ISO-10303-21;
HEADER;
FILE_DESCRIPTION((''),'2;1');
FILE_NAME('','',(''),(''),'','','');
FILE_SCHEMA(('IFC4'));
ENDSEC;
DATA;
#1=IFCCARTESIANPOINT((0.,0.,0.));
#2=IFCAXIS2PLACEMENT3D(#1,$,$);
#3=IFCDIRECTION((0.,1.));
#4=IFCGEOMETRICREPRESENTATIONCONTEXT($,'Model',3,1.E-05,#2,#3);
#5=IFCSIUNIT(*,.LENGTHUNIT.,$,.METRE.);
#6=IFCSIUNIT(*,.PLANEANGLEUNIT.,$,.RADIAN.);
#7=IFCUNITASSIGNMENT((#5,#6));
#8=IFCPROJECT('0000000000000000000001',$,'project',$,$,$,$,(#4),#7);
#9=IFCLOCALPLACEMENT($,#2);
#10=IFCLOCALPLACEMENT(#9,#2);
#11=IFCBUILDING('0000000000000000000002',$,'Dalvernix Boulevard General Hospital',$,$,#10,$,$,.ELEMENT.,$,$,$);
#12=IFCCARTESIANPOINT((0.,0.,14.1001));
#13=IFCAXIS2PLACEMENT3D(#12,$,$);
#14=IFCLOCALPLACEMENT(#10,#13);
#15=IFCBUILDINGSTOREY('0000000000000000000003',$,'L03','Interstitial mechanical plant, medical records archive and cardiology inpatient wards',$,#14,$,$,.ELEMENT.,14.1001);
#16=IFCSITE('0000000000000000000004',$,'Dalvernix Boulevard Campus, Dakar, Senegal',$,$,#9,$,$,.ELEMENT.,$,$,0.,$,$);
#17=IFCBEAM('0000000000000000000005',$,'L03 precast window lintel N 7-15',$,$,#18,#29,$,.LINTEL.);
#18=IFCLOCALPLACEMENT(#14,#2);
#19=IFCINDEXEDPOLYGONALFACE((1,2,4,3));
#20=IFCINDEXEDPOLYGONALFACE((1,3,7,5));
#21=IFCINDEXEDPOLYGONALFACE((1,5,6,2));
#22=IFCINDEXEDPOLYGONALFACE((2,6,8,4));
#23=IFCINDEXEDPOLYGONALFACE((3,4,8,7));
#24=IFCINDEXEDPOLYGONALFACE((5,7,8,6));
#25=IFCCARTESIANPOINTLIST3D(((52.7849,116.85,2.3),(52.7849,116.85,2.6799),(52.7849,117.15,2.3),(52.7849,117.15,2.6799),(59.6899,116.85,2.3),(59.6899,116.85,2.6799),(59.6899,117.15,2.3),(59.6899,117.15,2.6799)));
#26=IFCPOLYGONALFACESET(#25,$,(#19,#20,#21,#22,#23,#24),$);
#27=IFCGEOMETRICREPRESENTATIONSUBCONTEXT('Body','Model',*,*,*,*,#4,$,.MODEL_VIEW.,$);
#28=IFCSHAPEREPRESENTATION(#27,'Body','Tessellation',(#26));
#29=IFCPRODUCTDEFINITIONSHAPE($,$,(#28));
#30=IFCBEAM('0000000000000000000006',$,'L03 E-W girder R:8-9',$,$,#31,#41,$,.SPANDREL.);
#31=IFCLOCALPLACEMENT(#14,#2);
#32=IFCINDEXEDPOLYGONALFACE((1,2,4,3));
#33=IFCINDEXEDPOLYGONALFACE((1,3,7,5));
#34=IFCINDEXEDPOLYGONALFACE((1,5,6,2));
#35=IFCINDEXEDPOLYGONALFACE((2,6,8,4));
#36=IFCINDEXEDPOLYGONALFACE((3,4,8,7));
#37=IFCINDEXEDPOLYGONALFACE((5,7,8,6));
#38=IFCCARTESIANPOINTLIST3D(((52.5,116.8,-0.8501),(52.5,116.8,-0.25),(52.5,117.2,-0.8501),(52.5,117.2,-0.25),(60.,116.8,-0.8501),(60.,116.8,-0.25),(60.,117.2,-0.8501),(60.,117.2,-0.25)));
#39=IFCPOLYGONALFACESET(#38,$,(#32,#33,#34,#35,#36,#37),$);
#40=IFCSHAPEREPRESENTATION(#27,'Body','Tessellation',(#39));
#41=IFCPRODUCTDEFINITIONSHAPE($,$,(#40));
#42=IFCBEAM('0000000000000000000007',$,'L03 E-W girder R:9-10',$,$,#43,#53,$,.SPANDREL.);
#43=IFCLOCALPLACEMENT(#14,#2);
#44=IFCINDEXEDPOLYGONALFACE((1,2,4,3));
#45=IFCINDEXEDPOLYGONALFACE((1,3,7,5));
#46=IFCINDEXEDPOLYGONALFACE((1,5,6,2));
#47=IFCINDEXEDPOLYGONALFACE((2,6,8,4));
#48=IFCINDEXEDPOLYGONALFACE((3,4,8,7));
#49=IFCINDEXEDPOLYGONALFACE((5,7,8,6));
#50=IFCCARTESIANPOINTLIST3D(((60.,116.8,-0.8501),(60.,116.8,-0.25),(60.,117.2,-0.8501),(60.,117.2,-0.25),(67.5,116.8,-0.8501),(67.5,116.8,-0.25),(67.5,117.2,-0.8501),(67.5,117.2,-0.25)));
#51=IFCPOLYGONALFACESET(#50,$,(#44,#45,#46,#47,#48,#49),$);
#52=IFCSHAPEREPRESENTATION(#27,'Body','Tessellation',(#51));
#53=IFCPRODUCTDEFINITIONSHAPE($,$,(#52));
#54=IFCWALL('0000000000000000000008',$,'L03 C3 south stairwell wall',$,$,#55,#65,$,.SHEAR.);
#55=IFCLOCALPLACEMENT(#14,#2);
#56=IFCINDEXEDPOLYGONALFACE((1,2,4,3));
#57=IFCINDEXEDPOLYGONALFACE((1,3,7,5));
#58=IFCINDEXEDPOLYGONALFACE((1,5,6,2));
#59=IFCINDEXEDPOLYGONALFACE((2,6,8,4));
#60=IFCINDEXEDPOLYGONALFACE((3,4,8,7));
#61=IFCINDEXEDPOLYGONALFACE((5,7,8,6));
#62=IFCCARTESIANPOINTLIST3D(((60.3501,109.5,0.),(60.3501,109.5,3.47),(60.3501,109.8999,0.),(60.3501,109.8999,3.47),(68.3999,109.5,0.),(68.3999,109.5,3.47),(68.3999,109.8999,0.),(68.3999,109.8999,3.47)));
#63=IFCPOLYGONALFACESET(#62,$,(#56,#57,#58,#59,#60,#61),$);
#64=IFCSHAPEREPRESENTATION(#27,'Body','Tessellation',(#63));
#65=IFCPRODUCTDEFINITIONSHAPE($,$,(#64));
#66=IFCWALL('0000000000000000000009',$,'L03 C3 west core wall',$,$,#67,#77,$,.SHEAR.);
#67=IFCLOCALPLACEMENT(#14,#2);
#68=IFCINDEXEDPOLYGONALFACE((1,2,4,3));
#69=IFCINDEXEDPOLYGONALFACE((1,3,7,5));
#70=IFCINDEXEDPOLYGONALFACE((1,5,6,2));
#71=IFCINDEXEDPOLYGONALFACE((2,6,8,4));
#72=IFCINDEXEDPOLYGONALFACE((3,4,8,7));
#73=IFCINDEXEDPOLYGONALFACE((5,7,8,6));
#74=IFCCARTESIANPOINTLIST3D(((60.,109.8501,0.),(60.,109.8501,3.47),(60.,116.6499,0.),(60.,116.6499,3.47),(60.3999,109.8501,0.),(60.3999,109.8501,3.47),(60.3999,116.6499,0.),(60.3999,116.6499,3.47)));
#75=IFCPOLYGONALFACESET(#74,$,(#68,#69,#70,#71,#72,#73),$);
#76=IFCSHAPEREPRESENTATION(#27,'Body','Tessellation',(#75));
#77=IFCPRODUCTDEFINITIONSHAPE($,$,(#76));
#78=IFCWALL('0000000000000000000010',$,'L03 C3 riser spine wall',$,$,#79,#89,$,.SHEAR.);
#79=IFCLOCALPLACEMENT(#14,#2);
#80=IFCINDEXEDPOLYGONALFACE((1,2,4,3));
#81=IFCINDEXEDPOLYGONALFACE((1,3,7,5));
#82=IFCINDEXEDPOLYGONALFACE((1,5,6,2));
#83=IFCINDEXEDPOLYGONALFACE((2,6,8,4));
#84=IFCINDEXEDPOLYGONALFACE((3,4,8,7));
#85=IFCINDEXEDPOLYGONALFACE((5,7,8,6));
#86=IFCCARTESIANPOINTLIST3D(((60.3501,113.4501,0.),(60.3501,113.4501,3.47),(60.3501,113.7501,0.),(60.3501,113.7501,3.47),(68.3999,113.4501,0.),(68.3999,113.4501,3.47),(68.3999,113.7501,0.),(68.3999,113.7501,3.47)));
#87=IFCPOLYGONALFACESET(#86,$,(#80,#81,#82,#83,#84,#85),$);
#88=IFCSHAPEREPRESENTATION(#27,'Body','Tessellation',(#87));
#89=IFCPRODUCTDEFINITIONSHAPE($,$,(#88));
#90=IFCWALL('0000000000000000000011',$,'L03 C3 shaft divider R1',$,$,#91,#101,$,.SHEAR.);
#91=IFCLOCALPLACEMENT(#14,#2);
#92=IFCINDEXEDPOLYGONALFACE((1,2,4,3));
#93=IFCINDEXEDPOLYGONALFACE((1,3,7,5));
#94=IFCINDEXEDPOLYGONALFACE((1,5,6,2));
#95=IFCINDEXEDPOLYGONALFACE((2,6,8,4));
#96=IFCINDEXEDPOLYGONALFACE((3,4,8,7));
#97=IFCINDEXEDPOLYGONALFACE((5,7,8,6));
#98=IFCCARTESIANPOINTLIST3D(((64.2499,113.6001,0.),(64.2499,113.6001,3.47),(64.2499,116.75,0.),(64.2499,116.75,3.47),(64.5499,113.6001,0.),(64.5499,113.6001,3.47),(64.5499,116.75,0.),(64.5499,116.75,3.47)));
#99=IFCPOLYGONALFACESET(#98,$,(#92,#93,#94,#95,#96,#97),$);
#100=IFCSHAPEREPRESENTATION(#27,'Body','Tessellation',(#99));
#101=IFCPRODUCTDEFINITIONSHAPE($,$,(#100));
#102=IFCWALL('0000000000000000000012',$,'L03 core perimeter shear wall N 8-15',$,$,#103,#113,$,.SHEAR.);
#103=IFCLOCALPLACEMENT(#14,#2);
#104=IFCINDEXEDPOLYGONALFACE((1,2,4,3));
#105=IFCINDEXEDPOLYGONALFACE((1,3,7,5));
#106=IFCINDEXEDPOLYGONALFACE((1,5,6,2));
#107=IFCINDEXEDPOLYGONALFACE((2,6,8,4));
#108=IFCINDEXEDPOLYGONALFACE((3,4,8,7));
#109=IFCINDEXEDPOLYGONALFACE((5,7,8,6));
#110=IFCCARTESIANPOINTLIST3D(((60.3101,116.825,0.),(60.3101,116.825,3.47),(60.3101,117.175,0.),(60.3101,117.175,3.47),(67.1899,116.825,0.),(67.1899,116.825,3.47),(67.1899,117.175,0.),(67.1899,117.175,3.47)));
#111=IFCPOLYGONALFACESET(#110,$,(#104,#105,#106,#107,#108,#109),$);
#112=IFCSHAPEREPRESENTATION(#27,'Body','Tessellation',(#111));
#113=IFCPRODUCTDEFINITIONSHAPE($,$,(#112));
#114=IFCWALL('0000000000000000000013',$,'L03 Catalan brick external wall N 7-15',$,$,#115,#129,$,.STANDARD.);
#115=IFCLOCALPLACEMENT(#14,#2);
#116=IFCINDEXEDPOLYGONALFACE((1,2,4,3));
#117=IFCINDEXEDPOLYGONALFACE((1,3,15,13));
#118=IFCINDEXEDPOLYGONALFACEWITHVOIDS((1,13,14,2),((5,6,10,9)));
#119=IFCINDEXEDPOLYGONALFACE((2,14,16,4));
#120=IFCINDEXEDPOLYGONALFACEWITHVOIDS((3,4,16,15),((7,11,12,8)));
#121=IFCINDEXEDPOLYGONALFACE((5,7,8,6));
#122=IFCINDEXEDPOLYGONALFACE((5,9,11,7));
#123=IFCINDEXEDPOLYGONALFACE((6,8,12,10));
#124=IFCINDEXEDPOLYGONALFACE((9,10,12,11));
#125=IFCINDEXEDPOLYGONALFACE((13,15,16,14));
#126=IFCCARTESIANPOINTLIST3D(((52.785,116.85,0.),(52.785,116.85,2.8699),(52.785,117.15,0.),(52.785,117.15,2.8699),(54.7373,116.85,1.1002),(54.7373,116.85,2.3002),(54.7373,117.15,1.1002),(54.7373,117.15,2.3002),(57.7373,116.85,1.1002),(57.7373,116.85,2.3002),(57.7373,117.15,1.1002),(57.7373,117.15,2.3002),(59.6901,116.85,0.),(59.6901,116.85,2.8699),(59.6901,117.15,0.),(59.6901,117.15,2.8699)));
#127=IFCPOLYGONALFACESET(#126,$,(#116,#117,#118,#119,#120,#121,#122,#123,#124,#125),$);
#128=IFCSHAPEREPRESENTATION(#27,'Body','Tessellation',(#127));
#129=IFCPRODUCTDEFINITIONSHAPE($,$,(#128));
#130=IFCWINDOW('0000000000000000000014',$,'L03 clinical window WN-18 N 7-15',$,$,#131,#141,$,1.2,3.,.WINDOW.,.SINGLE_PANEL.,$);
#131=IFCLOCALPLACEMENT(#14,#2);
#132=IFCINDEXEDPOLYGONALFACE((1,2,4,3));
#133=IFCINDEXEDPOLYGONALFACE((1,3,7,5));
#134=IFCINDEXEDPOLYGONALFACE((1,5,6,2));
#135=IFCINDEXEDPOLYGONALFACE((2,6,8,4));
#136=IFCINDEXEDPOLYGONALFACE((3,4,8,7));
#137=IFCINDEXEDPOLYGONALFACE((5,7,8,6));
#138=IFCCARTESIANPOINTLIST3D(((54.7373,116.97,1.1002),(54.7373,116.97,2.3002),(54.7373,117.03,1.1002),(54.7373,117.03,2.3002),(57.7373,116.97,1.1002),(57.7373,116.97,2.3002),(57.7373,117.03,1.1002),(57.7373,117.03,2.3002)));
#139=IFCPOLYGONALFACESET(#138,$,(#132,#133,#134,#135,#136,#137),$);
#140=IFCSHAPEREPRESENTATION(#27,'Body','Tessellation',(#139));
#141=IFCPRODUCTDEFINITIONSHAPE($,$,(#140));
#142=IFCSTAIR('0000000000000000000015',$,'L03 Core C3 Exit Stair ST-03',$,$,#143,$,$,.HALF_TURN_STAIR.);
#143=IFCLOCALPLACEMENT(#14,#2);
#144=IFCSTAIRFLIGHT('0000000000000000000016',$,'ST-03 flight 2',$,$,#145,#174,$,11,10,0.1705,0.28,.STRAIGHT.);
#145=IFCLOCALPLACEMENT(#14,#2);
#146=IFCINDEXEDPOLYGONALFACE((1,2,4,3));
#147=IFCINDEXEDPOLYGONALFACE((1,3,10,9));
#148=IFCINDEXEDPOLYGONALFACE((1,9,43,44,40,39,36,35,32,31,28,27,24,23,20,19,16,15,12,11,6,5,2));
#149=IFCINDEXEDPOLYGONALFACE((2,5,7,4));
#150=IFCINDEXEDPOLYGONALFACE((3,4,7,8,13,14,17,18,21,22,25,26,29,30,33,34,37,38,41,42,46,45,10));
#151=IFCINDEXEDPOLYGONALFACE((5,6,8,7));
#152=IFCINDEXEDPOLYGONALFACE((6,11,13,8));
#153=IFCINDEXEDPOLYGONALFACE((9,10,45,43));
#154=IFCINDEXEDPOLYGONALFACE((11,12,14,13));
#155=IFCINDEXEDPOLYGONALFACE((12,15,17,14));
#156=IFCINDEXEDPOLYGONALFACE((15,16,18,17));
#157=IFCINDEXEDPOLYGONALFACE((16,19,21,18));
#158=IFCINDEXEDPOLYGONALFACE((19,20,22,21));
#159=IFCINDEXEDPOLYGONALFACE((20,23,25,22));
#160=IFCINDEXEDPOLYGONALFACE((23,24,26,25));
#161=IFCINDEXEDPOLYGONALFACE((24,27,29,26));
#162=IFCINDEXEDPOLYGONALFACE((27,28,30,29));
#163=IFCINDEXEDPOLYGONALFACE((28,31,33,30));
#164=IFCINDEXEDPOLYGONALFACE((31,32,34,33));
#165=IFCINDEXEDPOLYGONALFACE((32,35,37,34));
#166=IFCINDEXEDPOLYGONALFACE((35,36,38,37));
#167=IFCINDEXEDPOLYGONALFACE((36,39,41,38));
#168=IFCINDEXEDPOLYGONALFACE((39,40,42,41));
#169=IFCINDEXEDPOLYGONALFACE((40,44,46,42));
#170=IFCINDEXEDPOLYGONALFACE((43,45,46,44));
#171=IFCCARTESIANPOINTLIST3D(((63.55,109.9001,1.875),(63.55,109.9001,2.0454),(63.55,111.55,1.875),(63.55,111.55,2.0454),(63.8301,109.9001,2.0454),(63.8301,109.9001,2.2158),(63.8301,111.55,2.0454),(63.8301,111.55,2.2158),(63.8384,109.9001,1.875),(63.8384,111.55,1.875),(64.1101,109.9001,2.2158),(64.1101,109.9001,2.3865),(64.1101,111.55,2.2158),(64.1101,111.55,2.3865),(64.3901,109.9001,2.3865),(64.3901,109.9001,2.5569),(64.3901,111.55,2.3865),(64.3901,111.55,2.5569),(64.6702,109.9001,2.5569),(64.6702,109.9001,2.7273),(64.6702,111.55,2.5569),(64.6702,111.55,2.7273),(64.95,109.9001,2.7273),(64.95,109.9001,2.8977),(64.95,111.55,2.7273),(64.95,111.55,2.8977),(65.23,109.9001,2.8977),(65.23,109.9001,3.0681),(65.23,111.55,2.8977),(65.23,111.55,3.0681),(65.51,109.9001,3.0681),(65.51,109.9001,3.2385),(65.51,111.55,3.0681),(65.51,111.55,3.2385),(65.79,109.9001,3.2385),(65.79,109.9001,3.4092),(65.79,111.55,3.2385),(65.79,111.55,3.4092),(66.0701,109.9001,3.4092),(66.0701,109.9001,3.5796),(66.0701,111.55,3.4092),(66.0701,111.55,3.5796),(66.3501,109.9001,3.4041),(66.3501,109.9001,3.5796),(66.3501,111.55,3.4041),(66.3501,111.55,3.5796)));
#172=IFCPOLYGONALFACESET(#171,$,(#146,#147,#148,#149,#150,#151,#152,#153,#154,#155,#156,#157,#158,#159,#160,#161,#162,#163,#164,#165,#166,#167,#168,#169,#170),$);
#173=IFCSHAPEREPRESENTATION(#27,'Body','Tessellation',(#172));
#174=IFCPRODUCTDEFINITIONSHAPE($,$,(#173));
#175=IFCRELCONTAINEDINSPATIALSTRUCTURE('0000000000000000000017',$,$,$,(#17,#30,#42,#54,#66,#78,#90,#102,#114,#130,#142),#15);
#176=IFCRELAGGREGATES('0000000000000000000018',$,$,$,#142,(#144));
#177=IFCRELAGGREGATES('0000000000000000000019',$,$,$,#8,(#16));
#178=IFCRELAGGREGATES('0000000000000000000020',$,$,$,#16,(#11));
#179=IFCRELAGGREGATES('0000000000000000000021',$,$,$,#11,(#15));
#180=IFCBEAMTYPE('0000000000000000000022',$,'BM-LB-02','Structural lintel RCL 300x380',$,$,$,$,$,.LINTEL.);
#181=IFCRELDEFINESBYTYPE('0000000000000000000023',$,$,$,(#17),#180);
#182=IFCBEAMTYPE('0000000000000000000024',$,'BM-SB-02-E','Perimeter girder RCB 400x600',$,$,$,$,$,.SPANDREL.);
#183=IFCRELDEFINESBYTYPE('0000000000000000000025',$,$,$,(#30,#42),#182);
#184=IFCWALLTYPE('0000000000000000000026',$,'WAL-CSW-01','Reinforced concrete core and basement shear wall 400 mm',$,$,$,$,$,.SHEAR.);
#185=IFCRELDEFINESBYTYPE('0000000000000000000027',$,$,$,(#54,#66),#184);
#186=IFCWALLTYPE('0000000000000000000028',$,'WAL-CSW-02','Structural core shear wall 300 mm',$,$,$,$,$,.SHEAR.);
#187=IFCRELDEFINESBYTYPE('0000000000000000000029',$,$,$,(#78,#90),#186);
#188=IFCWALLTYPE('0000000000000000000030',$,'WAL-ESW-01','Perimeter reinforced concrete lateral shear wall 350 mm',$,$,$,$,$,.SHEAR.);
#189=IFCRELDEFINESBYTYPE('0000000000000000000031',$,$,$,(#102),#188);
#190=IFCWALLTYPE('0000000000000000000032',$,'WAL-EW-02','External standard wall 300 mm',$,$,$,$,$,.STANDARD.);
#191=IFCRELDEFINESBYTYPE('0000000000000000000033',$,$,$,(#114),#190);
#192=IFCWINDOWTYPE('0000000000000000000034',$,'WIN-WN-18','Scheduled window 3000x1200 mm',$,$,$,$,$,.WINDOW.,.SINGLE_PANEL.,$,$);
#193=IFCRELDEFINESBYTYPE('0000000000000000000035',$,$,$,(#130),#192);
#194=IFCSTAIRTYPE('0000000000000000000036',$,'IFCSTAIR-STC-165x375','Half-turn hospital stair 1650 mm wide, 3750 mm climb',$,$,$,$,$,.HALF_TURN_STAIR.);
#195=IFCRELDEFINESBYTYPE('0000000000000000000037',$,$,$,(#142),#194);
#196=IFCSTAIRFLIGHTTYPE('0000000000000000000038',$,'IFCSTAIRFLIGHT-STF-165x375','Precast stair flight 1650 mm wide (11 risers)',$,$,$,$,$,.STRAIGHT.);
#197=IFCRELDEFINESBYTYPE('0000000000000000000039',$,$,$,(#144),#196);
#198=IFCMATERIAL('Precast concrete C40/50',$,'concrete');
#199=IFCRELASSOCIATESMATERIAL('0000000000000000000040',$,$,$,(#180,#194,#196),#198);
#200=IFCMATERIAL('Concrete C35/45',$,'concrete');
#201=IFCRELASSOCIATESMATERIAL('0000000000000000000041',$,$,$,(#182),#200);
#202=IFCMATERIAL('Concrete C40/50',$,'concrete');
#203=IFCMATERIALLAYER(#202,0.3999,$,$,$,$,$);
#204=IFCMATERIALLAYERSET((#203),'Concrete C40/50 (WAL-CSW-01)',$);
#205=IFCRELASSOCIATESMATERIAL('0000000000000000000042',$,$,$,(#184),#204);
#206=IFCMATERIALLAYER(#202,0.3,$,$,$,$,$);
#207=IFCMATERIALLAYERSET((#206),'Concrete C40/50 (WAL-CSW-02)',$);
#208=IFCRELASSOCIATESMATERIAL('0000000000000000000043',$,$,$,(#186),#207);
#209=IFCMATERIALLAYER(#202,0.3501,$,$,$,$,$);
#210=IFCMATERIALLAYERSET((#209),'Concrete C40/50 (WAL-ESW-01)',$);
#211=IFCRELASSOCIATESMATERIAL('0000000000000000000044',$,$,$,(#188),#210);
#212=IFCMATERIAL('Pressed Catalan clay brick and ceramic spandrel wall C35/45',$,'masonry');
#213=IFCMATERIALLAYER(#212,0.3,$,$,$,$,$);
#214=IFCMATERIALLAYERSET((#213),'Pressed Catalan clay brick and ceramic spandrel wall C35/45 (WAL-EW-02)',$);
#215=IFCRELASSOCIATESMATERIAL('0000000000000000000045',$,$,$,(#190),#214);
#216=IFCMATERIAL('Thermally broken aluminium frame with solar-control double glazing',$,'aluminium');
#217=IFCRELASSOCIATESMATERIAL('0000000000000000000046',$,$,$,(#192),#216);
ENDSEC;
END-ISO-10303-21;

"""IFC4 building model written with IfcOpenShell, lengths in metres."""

from ifc_helpers import new_model, si_unit, direction, frame, frame_2d, origin, origin_2d, place, context, subcontext, project, spatial, polyline, rectangle, outline, extrude, material, layer, layer_set, material_profile, profile_set, type_object, element, fill, aggregate, save


model = new_model("IFC4")

# Units and contexts
model_context = context("Model", 3, precision=1e-05, world=origin(), true_north=direction((0.0, 1.0)))
body_context = subcontext(model_context, "Body", "Model", "MODEL_VIEW")
ifc_project = project(units=[si_unit("LENGTHUNIT", "METRE"), si_unit("PLANEANGLEUNIT", "RADIAN")], contexts=[model_context])

# Site, building, storey
site_placement = place(None, origin())
site = spatial("IfcSite", under=ifc_project, at=site_placement, Name="Dalvernix Boulevard Campus, Dakar, Senegal", CompositionType="ELEMENT", RefElevation=0.0)
building_placement = place(site_placement, origin())
building = spatial("IfcBuilding", under=site, at=building_placement, Name="Dalvernix Boulevard General Hospital", CompositionType="ELEMENT")
storey_placement = place(building_placement, frame((0.0, 0.0, 14.1001)))
storey = spatial("IfcBuildingStorey", under=building, at=storey_placement, Name="L03", Description="Interstitial mechanical plant, medical records archive and cardiology inpatient wards", CompositionType="ELEMENT", Elevation=14.1001)

# Shared definitions
ifc_material_1 = material(Name="Concrete C40/50", Category="concrete")

# Beams
ifc_material_2 = material(Name="Concrete C35/45", Category="concrete")
ifc_material_3 = material(Name="Precast concrete C40/50", Category="concrete")
ifc_material_profile_1 = material_profile(ifc_material_3, rectangle(XDim=0.3, YDim=0.3799, at=origin_2d()), Name="RCL 300x380")
ifc_profile_set_1 = profile_set([ifc_material_profile_1], Name="Precast concrete C40/50")
beam_type_1 = type_object("IfcBeamType", Name="BM-LB-02", Description="Structural lintel RCL 300x380", PredefinedType="LINTEL", material=ifc_profile_set_1)
beam_1_placement = place(storey_placement, frame((52.7849, 117.0, 2.49), z_axis=(1.0, 0.0, 0.0), x_axis=(0.0, 1.0, 0.0)))
element("IfcBeam", 1, at=beam_1_placement, inside=storey, type_object=beam_type_1, Name="L03 precast window lintel N 7-15", PredefinedType="LINTEL", context=body_context, shape_type="SweptSolid", body=[
    extrude(rectangle(XDim=0.3, YDim=0.3799, at=origin_2d()), origin(), (0.0, 0.0, 1.0), 6.905),
])
ifc_material_profile_2 = material_profile(ifc_material_2, rectangle(XDim=0.3999, YDim=0.6001, at=origin_2d()), Name="RCB 400x600")
ifc_profile_set_2 = profile_set([ifc_material_profile_2], Name="Concrete C35/45")
beam_type_2 = type_object("IfcBeamType", Name="BM-SB-02-E", Description="Perimeter girder RCB 400x600", PredefinedType="SPANDREL", material=ifc_profile_set_2)
for number, where, z_axis, x_axis, name in (
    (2, (52.5, 117.0, -0.55), (1.0, 0.0, 0.0), (0.0, 1.0, 0.0), "L03 E-W girder R:8-9"),
    (3, (60.0, 117.0, -0.55), (1.0, 0.0, 0.0), (0.0, 1.0, 0.0), "L03 E-W girder R:9-10"),
):
    element("IfcBeam", number, at=place(storey_placement, frame(where, z_axis=z_axis, x_axis=x_axis)), inside=storey, type_object=beam_type_2, Name=name, PredefinedType="SPANDREL", context=body_context, shape_type="SweptSolid", body=[
        extrude(rectangle(XDim=0.3999, YDim=0.6001, at=origin_2d()), origin(), (0.0, 0.0, 1.0), 7.5),
    ])

# Walls
ifc_layer_1 = layer(ifc_material_1, 0.3999)
ifc_layer_set_1 = layer_set([ifc_layer_1], Name="Concrete C40/50 (WAL-CSW-01)")
wall_type_1 = type_object("IfcWallType", Name="WAL-CSW-01", Description="Reinforced concrete core and basement shear wall 400 mm", PredefinedType="SHEAR", material=ifc_layer_set_1)
wall_1_placement = place(storey_placement, frame((60.3501, 109.7, 0.0), z_axis=(0.0, 0.0, 1.0), x_axis=(1.0, 0.0, 0.0)))
element("IfcWall", 4, at=wall_1_placement, inside=storey, type_object=wall_type_1, Name="L03 C3 south stairwell wall", PredefinedType="SHEAR", context=body_context, shape_type="SweptSolid", body=[
    extrude(rectangle(XDim=8.0498, YDim=0.3999, at=frame_2d((4.0249, 0.0))), origin(), (0.0, 0.0, 1.0), 3.47),
])
wall_2_placement = place(storey_placement, frame((60.2, 109.8501, 0.0), z_axis=(0.0, 0.0, 1.0), x_axis=(0.0, 1.0, 0.0)))
element("IfcWall", 5, at=wall_2_placement, inside=storey, type_object=wall_type_1, Name="L03 C3 west core wall", PredefinedType="SHEAR", context=body_context, shape_type="SweptSolid", body=[
    extrude(rectangle(XDim=6.7998, YDim=0.3999, at=frame_2d((3.3999, 0.0))), origin(), (0.0, 0.0, 1.0), 3.47),
])
ifc_layer_2 = layer(ifc_material_1, 0.3)
ifc_layer_set_2 = layer_set([ifc_layer_2], Name="Concrete C40/50 (WAL-CSW-02)")
wall_type_2 = type_object("IfcWallType", Name="WAL-CSW-02", Description="Structural core shear wall 300 mm", PredefinedType="SHEAR", material=ifc_layer_set_2)
wall_3_placement = place(storey_placement, frame((60.3501, 113.6001, 0.0), z_axis=(0.0, 0.0, 1.0), x_axis=(1.0, 0.0, 0.0)))
element("IfcWall", 6, at=wall_3_placement, inside=storey, type_object=wall_type_2, Name="L03 C3 riser spine wall", PredefinedType="SHEAR", context=body_context, shape_type="SweptSolid", body=[
    extrude(rectangle(XDim=8.0498, YDim=0.3, at=frame_2d((4.0249, 0.0))), origin(), (0.0, 0.0, 1.0), 3.47),
])
wall_4_placement = place(storey_placement, frame((64.3999, 113.6001, 0.0), z_axis=(0.0, 0.0, 1.0), x_axis=(0.0, 1.0, 0.0)))
element("IfcWall", 7, at=wall_4_placement, inside=storey, type_object=wall_type_2, Name="L03 C3 shaft divider R1", PredefinedType="SHEAR", context=body_context, shape_type="SweptSolid", body=[
    extrude(rectangle(XDim=3.1499, YDim=0.3, at=frame_2d((1.575, 0.0))), origin(), (0.0, 0.0, 1.0), 3.47),
])
ifc_layer_3 = layer(ifc_material_1, 0.3501)
ifc_layer_set_3 = layer_set([ifc_layer_3], Name="Concrete C40/50 (WAL-ESW-01)")
wall_type_3 = type_object("IfcWallType", Name="WAL-ESW-01", Description="Perimeter reinforced concrete lateral shear wall 350 mm", PredefinedType="SHEAR", material=ifc_layer_set_3)
wall_5_placement = place(storey_placement, frame((60.3101, 117.0, 0.0), z_axis=(0.0, 0.0, 1.0), x_axis=(1.0, 0.0, 0.0)))
element("IfcWall", 8, at=wall_5_placement, inside=storey, type_object=wall_type_3, Name="L03 core perimeter shear wall N 8-15", PredefinedType="SHEAR", context=body_context, shape_type="SweptSolid", body=[
    extrude(rectangle(XDim=6.8799, YDim=0.3501, at=frame_2d((3.4399, 0.0))), origin(), (0.0, 0.0, 1.0), 3.47),
])

# Wall, opening, window
ifc_material_4 = material(Name="Pressed Catalan clay brick and ceramic spandrel wall C35/45", Category="masonry")
ifc_layer_4 = layer(ifc_material_4, 0.3)
ifc_layer_set_4 = layer_set([ifc_layer_4], Name="Pressed Catalan clay brick and ceramic spandrel wall C35/45 (WAL-EW-02)")
wall_type_4 = type_object("IfcWallType", Name="WAL-EW-02", Description="External standard wall 300 mm", PredefinedType="STANDARD", material=ifc_layer_set_4)
wall_6_placement = place(storey_placement, frame((52.7849, 117.0, 0.0), z_axis=(0.0, 0.0, 1.0), x_axis=(1.0, 0.0, 0.0)))
wall_6 = element("IfcWall", 9, at=wall_6_placement, inside=storey, type_object=wall_type_4, Name="L03 Catalan brick external wall N 7-15", PredefinedType="STANDARD", context=body_context, shape_type="SweptSolid", body=[
    extrude(rectangle(XDim=6.905, YDim=0.3, at=frame_2d((3.4526, 0.0))), origin(), (0.0, 0.0, 1.0), 2.8699),
])
opening_placement = place(wall_6_placement, frame((1.9524, 0.0, 1.1001)))
opening = element("IfcOpeningElement", 10, at=opening_placement, cuts=wall_6, PredefinedType="OPENING", context=body_context, shape_type="SweptSolid", body=[
    extrude(rectangle(XDim=3.0, YDim=1.2, at=frame_2d((1.5, 0.6001))), frame((0.0, 0.1599, 0.0), z_axis=(0.0, -1.0, 0.0), x_axis=(1.0, 0.0, 0.0)), (0.0, 0.0, 1.0), 0.3201),
])
ifc_material_5 = material(Name="Thermally broken aluminium frame with solar-control double glazing", Category="aluminium")
window_type = type_object("IfcWindowType", Name="WIN-WN-18", Description="Scheduled window 3000x1200 mm", PartitioningType="SINGLE_PANEL", PredefinedType="WINDOW", material=ifc_material_5)
window_placement = place(opening_placement, origin())
window = element("IfcWindow", 11, at=window_placement, inside=storey, type_object=window_type, Name="L03 clinical window WN-18 N 7-15", OverallHeight=1.2, OverallWidth=3.0, PartitioningType="SINGLE_PANEL", PredefinedType="WINDOW", context=body_context, shape_type="SweptSolid", body=[
    extrude(rectangle(XDim=3.0, YDim=1.2, at=frame_2d((1.5, 0.6001))), frame((0.0, 0.03, 0.0), z_axis=(0.0, -1.0, 0.0), x_axis=(1.0, 0.0, 0.0)), (0.0, 0.0, 1.0), 0.0601),
])
fill(opening, window)

# Stair, stair flight
stair_type = type_object("IfcStairType", Name="IFCSTAIR-STC-165x375", Description="Half-turn hospital stair 1650 mm wide, 3750 mm climb", PredefinedType="HALF_TURN_STAIR", material=ifc_material_3)
stair_placement = place(storey_placement, origin())
stair = element("IfcStair", 12, at=stair_placement, inside=storey, type_object=stair_type, Name="L03 Core C3 Exit Stair ST-03", PredefinedType="HALF_TURN_STAIR")
stair_flight_type = type_object("IfcStairFlightType", Name="IFCSTAIRFLIGHT-STF-165x375", Description="Precast stair flight 1650 mm wide (11 risers)", PredefinedType="STRAIGHT", material=ifc_material_3)
stair_flight_placement = place(storey_placement, frame((63.55, 110.7251, 1.875), z_axis=(0.0, 0.0, 1.0), x_axis=(1.0, 0.0, 0.0)))
stair_flight = element("IfcStairFlight", 13, at=stair_flight_placement, type_object=stair_flight_type, Name="ST-03 flight 2", NumberOfRisers=11, NumberOfTreads=10, PredefinedType="STRAIGHT", RiserHeight=0.1705, TreadLength=0.28, context=body_context, shape_type="SweptSolid", body=[
    extrude(outline(polyline([(0.0, 0.0), (0.0, 0.1704), (0.28, 0.1704), (0.28, 0.3408), (0.5601, 0.3408), (0.5601, 0.5115), (0.8401, 0.5115), (0.8401, 0.6819), (1.1201, 0.6819), (1.1201, 0.8523), (1.3999, 0.8523), (1.3999, 1.0227), (1.6799, 1.0227), (1.6799, 1.1931), (1.96, 1.1931), (1.96, 1.3635), (2.24, 1.3635), (2.24, 1.5342), (2.52, 1.5342), (2.52, 1.7046), (2.8, 1.7046), (2.8, 1.875), (2.8, 1.5291), (0.2883, 0.0), (0.0, 0.0)])), frame((0.0, 0.825, 0.0), z_axis=(0.0, -1.0, 0.0), x_axis=(1.0, 0.0, 0.0)), (0.0, 0.0, 1.0), 1.6499),
])
aggregate(stair, [stair_flight])

save(model, "model.ifc")
